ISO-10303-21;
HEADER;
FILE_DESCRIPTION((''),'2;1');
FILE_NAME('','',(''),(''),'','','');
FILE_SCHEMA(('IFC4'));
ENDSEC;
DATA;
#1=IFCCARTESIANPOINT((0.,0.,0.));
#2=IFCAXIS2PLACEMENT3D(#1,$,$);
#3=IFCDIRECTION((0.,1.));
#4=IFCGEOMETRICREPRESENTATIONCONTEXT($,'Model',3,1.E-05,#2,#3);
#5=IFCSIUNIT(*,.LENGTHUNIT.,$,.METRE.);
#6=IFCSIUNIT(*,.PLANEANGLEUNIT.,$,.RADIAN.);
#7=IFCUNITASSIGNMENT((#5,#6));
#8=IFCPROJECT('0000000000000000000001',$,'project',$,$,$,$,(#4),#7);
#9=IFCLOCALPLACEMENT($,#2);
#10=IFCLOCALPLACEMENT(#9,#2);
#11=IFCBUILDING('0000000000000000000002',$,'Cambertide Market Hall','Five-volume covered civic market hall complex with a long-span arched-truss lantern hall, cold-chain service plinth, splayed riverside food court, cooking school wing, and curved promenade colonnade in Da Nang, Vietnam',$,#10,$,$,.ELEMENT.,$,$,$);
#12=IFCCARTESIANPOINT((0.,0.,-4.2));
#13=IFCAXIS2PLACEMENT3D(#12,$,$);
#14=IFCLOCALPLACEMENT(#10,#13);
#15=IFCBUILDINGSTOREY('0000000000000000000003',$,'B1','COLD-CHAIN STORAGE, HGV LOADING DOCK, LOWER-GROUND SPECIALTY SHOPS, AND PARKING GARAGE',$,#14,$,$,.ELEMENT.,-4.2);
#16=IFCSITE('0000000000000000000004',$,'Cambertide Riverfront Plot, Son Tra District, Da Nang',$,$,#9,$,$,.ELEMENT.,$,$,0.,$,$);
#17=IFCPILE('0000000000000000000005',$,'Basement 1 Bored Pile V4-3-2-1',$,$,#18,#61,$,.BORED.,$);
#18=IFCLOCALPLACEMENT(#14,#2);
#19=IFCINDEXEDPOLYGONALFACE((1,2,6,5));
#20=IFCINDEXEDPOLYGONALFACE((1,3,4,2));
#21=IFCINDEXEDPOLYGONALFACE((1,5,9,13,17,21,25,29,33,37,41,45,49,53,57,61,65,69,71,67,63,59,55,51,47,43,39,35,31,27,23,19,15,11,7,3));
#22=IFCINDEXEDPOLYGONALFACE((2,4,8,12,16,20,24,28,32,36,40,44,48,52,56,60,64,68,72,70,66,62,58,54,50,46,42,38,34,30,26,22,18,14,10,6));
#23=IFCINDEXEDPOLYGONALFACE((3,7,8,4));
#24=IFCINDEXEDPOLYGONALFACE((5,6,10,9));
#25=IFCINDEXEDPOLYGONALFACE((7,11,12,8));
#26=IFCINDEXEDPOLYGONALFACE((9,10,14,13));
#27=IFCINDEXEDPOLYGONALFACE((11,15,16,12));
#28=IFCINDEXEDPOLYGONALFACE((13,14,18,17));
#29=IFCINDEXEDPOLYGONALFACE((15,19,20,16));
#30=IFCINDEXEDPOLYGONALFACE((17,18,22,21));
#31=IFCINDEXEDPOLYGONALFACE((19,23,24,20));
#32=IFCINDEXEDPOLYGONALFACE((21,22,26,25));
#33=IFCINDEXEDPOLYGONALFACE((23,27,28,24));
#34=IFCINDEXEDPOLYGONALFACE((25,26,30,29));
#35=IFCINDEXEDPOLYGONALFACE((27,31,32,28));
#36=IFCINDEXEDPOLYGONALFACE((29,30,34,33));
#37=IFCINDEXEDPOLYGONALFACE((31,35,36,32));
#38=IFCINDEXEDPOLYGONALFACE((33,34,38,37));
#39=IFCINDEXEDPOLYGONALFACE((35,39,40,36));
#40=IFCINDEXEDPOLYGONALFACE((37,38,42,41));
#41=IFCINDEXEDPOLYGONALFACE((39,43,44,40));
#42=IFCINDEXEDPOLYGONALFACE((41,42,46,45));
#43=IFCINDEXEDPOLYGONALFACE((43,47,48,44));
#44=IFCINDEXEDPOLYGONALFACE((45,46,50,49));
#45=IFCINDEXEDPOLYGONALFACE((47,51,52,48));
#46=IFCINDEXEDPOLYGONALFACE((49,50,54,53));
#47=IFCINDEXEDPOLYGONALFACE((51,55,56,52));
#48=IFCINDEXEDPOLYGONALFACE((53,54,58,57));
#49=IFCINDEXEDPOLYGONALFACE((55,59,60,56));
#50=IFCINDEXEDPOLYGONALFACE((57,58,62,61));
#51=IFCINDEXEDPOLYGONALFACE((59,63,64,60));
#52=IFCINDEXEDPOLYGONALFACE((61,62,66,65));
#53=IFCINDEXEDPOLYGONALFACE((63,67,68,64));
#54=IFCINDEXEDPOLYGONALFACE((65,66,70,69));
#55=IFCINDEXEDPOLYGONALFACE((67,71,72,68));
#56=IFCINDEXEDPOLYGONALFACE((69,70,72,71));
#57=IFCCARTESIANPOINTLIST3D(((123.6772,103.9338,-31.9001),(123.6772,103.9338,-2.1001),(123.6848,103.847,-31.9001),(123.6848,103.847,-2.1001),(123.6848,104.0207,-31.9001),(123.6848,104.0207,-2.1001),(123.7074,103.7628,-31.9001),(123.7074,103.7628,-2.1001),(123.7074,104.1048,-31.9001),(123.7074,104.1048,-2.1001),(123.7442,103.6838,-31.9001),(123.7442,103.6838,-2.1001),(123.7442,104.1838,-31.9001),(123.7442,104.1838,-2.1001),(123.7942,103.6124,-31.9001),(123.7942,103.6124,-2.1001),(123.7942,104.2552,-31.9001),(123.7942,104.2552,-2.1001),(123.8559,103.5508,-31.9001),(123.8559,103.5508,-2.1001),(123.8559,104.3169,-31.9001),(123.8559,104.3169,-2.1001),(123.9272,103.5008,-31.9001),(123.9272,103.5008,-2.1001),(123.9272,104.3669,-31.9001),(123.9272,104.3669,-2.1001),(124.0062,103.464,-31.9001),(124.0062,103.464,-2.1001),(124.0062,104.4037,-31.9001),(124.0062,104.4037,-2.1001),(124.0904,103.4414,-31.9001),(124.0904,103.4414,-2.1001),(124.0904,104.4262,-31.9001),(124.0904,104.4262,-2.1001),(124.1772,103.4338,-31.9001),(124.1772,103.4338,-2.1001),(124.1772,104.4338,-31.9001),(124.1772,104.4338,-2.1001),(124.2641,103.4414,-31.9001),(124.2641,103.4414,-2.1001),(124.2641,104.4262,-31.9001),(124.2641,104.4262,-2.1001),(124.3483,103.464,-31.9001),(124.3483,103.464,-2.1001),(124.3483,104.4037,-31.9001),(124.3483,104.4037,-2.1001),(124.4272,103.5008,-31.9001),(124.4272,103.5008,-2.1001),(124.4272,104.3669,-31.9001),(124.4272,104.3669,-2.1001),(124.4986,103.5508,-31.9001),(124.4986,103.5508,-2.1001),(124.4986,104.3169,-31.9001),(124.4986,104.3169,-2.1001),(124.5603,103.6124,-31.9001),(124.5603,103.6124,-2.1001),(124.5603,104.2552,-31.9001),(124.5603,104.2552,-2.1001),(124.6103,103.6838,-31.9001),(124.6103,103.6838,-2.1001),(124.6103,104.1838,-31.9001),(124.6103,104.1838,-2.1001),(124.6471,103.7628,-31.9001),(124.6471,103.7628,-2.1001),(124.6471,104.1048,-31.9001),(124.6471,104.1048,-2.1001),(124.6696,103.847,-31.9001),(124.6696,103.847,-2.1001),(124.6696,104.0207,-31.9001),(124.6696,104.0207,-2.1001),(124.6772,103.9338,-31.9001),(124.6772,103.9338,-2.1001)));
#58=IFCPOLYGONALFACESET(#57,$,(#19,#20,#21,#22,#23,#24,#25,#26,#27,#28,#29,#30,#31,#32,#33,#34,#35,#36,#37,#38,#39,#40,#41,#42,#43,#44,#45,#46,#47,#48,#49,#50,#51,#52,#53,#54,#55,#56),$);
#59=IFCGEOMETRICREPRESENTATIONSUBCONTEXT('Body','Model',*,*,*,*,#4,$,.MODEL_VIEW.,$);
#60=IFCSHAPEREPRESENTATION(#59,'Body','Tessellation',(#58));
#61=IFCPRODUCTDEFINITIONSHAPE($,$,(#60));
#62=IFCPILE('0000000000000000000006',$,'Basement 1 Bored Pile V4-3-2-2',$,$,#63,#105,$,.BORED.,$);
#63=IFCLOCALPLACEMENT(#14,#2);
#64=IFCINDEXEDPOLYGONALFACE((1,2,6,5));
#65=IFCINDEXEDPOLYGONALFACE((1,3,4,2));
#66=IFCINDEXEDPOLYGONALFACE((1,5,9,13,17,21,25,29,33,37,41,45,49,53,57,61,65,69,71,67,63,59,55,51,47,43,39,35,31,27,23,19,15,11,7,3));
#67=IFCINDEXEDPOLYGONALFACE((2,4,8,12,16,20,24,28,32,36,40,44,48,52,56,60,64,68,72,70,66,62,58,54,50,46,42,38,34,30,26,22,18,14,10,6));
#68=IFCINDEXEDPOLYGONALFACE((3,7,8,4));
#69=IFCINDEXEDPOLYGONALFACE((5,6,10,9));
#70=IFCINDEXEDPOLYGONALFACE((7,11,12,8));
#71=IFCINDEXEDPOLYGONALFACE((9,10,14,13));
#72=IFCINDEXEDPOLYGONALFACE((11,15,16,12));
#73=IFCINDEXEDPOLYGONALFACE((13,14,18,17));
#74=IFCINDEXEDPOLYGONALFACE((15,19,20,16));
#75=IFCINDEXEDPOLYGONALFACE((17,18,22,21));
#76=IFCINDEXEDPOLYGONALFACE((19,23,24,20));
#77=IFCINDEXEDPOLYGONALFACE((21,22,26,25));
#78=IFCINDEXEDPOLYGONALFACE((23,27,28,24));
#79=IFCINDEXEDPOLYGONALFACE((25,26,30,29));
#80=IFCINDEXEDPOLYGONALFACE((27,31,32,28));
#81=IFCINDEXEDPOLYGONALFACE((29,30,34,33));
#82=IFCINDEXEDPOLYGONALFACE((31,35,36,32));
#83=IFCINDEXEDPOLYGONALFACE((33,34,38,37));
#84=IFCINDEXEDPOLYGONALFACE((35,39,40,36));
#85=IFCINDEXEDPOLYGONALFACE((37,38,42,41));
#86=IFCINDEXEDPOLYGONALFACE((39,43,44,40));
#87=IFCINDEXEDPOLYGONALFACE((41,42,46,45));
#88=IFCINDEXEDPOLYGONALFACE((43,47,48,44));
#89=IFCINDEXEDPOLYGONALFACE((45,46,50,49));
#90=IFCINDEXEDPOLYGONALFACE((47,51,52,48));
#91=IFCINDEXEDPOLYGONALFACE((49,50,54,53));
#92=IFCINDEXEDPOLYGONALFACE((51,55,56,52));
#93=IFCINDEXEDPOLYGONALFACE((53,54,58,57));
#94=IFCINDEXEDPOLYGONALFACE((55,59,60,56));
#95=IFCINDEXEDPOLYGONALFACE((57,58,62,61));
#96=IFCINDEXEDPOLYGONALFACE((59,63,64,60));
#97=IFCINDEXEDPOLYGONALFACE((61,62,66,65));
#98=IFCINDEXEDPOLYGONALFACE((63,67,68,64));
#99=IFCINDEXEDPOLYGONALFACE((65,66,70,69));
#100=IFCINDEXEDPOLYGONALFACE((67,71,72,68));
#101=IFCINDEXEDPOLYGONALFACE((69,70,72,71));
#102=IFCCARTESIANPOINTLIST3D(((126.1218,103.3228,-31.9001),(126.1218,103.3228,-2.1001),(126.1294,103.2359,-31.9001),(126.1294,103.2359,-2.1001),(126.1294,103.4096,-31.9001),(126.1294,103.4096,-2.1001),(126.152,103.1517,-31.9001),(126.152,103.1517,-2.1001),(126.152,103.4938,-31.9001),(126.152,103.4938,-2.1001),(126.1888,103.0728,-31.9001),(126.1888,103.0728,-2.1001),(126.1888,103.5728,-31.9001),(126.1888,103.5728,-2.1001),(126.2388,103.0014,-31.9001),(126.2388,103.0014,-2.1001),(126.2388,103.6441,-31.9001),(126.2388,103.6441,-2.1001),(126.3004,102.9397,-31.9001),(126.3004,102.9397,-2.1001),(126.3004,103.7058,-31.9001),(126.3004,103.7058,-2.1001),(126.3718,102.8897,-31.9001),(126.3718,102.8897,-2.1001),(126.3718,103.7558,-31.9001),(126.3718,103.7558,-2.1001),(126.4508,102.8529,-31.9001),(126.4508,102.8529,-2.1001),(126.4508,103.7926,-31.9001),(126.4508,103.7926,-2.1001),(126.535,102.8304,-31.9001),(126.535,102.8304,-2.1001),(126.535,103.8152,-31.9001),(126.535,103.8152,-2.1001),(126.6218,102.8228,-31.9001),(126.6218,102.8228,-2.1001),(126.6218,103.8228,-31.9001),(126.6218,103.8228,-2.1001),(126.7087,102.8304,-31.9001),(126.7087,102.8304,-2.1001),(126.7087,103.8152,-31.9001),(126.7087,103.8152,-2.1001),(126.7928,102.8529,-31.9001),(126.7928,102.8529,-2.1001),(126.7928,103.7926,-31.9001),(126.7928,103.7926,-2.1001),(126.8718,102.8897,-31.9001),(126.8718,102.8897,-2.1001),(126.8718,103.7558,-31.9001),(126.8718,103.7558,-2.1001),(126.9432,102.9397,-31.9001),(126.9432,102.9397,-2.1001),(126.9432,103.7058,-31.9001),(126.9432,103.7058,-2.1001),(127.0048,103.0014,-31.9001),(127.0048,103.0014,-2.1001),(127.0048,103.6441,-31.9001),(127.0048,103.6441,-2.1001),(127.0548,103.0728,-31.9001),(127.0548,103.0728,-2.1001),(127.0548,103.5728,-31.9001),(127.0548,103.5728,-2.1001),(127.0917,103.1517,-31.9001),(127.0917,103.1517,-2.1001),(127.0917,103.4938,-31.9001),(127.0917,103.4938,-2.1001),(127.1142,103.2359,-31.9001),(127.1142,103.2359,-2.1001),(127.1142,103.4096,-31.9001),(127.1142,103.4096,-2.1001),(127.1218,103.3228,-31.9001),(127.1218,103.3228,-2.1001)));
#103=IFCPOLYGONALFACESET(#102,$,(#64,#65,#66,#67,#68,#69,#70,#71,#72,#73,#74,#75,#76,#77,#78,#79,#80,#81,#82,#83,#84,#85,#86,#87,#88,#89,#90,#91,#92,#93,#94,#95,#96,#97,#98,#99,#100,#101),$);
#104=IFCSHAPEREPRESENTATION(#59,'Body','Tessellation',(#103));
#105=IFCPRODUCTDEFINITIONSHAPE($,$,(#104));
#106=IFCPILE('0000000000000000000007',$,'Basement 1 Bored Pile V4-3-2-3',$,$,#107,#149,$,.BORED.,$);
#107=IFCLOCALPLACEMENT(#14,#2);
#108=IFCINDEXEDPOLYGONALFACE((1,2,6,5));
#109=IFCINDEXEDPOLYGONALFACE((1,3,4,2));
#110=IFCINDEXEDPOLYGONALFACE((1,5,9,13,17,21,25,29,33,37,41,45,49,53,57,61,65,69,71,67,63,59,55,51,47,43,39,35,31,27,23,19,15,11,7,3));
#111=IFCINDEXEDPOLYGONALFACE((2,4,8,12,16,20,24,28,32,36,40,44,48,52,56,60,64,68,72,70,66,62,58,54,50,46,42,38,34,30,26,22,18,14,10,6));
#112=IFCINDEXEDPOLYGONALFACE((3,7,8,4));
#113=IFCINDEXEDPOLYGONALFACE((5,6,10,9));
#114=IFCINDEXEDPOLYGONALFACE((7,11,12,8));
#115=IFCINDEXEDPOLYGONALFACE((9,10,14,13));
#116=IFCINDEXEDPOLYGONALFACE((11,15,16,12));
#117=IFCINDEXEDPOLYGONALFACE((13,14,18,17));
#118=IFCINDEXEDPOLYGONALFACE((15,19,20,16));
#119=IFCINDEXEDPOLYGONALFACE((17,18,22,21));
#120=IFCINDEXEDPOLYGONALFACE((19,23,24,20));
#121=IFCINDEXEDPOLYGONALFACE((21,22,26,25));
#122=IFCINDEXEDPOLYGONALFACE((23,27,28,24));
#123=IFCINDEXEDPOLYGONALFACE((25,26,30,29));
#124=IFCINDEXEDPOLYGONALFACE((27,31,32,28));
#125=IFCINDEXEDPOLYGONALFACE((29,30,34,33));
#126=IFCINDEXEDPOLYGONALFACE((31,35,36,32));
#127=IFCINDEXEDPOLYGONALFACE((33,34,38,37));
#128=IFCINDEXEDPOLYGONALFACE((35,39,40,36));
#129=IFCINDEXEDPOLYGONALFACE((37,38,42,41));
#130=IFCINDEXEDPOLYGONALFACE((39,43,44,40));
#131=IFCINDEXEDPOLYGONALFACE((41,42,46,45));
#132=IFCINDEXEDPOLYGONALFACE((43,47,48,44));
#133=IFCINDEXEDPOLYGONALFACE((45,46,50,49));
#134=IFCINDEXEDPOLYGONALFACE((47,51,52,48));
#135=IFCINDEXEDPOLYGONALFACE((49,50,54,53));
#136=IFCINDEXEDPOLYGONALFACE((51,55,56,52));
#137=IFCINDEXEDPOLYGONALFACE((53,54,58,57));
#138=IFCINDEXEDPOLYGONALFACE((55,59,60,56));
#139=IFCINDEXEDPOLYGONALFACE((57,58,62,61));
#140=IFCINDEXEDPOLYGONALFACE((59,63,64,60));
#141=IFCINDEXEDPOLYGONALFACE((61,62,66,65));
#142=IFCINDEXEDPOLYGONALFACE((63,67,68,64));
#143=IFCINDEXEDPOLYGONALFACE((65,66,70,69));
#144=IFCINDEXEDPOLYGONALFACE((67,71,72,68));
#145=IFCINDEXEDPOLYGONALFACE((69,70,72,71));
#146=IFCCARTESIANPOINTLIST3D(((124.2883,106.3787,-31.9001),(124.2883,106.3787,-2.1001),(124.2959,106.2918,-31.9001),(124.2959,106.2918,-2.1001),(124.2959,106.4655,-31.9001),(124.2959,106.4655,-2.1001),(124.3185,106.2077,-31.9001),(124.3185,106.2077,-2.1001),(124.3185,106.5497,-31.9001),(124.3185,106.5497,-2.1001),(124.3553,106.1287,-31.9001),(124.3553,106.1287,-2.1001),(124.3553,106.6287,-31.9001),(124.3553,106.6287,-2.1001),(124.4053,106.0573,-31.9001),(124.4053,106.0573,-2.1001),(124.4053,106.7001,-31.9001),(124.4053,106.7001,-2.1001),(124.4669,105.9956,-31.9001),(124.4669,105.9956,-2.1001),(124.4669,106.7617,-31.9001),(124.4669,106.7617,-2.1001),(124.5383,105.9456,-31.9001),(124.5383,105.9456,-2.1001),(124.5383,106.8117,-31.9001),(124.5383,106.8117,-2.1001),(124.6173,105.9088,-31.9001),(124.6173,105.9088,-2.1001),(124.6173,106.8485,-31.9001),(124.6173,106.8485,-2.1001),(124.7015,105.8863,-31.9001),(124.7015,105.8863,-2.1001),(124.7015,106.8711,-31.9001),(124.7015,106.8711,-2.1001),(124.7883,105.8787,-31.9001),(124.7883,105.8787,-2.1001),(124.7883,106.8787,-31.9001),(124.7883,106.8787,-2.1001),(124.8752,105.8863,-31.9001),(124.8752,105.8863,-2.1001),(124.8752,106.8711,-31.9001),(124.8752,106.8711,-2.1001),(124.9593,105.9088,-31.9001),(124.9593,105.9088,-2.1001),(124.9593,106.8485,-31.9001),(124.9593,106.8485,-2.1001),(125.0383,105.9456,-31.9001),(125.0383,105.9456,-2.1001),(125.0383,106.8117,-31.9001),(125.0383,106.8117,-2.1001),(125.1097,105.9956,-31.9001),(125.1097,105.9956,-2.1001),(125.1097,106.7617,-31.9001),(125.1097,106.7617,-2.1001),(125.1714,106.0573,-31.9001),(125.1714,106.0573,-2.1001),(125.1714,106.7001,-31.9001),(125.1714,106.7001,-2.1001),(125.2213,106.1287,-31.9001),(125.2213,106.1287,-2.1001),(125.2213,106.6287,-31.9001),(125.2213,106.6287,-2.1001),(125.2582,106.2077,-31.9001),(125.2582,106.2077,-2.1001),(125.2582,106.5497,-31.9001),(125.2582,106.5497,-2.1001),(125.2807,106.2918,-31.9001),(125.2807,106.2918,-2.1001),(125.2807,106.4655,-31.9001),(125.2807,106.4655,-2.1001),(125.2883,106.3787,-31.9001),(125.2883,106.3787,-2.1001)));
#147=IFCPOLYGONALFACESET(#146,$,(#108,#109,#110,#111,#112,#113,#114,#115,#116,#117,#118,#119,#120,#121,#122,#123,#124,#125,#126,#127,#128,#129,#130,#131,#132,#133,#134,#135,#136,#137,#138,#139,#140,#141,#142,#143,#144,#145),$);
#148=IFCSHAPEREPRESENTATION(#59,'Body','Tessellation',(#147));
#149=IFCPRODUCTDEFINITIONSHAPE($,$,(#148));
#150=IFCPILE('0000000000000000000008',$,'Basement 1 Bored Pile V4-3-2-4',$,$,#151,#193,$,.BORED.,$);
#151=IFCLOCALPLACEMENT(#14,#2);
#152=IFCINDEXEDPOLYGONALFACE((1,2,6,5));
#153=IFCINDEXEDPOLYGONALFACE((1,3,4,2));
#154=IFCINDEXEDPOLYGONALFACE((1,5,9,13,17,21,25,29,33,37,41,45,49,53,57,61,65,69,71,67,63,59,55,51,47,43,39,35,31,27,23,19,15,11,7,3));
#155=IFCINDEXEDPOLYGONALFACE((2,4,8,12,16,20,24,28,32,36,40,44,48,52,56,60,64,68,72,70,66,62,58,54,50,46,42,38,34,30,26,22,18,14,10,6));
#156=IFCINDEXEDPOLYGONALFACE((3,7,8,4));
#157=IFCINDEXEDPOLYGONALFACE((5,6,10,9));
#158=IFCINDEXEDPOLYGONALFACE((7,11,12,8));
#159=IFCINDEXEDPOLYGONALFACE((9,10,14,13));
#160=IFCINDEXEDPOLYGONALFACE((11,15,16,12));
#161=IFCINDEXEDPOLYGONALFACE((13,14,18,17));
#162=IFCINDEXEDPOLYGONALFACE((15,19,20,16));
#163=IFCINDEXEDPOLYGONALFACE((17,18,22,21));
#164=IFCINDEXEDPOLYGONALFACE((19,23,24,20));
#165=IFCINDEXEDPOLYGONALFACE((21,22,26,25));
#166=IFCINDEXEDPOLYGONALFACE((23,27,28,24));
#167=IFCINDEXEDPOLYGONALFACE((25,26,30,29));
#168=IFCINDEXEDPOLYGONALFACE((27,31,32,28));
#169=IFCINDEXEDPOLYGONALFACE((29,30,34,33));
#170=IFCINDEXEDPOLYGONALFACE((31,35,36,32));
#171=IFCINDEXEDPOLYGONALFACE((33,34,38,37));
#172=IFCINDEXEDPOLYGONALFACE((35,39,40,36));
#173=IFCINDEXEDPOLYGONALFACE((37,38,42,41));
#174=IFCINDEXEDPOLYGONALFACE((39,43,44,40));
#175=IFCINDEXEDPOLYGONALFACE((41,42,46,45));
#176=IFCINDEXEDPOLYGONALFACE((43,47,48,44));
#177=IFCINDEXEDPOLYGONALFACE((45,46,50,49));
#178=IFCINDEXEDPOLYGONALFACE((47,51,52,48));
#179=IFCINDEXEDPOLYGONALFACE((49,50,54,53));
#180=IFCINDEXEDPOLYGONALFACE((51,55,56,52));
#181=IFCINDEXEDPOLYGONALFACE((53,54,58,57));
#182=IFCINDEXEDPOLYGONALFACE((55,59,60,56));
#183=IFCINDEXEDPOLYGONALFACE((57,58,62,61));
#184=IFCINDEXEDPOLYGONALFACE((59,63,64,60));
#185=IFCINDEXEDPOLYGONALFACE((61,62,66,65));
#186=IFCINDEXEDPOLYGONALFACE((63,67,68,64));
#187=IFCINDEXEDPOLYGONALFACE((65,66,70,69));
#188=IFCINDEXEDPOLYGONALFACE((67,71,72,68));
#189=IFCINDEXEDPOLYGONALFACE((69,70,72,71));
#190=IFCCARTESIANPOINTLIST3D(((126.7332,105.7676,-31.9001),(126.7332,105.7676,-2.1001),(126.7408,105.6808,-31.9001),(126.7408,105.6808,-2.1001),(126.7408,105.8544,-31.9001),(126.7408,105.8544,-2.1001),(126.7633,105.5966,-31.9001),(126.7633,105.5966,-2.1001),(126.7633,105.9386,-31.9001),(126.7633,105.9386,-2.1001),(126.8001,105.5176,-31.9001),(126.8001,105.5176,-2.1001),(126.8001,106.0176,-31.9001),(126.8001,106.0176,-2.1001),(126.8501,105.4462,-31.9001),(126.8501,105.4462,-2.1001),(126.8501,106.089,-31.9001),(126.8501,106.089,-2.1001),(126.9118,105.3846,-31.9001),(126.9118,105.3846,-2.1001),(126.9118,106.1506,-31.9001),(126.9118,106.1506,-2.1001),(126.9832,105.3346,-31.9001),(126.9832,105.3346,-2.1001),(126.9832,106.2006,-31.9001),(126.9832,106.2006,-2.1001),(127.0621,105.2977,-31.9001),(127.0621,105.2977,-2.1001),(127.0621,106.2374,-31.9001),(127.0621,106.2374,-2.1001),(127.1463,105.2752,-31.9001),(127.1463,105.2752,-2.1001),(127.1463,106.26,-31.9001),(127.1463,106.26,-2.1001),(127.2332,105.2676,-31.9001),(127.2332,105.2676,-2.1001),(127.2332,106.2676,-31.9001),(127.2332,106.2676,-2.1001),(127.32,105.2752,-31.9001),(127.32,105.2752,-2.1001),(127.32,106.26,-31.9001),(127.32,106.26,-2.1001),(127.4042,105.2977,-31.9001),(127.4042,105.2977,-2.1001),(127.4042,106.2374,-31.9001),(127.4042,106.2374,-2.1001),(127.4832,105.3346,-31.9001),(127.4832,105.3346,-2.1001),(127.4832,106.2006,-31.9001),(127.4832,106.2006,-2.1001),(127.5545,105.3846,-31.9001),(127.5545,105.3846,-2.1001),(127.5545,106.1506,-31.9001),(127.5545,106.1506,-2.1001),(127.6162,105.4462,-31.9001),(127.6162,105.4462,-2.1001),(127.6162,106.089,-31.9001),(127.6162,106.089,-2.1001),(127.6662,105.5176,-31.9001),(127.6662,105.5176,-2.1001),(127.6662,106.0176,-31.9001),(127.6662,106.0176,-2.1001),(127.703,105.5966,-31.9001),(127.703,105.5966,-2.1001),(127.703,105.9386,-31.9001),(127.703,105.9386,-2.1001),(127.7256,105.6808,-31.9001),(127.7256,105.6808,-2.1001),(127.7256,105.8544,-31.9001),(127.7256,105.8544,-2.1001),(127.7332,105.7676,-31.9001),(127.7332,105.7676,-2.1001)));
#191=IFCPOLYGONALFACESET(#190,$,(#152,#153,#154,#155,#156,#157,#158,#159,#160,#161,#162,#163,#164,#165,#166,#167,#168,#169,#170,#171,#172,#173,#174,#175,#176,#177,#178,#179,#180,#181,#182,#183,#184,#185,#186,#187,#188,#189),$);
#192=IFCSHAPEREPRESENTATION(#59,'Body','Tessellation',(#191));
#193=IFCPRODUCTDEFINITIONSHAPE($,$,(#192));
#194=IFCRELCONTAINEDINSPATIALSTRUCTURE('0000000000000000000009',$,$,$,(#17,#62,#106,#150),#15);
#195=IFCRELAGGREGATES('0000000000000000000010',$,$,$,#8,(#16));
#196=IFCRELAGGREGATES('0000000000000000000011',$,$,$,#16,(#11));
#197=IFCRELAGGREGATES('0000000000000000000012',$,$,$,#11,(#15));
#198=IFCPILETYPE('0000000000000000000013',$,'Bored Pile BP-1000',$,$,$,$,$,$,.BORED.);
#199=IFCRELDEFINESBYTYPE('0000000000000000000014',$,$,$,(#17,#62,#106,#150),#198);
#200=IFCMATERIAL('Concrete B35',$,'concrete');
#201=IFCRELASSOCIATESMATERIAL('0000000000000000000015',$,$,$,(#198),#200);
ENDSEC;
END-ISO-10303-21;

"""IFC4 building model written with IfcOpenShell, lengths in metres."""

from ifc_helpers import new_model, si_unit, direction, frame, origin, origin_2d, place, context, subcontext, project, spatial, circle, extrude, material, material_profile, profile_set, type_object, element, save


model = new_model("IFC4")

# Units and contexts
model_context = context("Model", 3, precision=1e-05, world=origin(), true_north=direction((0.0, 1.0)))
body_context = subcontext(model_context, "Body", "Model", "MODEL_VIEW")
ifc_project = project(units=[si_unit("LENGTHUNIT", "METRE"), si_unit("PLANEANGLEUNIT", "RADIAN")], contexts=[model_context])

# Site, building, storey
site_placement = place(None, origin())
site = spatial("IfcSite", under=ifc_project, at=site_placement, Name="Cambertide Riverfront Plot, Son Tra District, Da Nang", CompositionType="ELEMENT", RefElevation=0.0)
building_placement = place(site_placement, origin())
building = spatial("IfcBuilding", under=site, at=building_placement, Name="Cambertide Market Hall", Description="Five-volume covered civic market hall complex with a long-span arched-truss lantern hall, cold-chain service plinth, splayed riverside food court, cooking school wing, and curved promenade colonnade in Da Nang, Vietnam", CompositionType="ELEMENT")
storey_placement = place(building_placement, frame((0.0, 0.0, -4.2)))
storey = spatial("IfcBuildingStorey", under=building, at=storey_placement, Name="B1", Description="COLD-CHAIN STORAGE, HGV LOADING DOCK, LOWER-GROUND SPECIALTY SHOPS, AND PARKING GARAGE", CompositionType="ELEMENT", Elevation=-4.2)

# Piles
ifc_material_1 = material(Name="Concrete B35", Category="concrete")
ifc_material_profile_1 = material_profile(ifc_material_1, circle(Radius=0.5, at=origin_2d()), Name="BP D1000")
ifc_profile_set_1 = profile_set([ifc_material_profile_1], Name="Concrete B35")
pile_type = type_object("IfcPileType", Name="Bored Pile BP-1000", PredefinedType="BORED", material=ifc_profile_set_1)
for number, where, z_axis, x_axis, name in (
    (1, (124.1772, 103.9338, -2.1001), (0.0, 0.0, -1.0), (1.0, 0.0, 0.0), "Basement 1 Bored Pile V4-3-2-1"),
    (2, (126.6218, 103.3228, -2.1001), (0.0, 0.0, -1.0), (1.0, 0.0, 0.0), "Basement 1 Bored Pile V4-3-2-2"),
    (3, (124.7883, 106.3787, -2.1001), (0.0, 0.0, -1.0), (1.0, 0.0, 0.0), "Basement 1 Bored Pile V4-3-2-3"),
    (4, (127.2332, 105.7676, -2.1001), (0.0, 0.0, -1.0), (1.0, 0.0, 0.0), "Basement 1 Bored Pile V4-3-2-4"),
):
    element("IfcPile", number, at=place(storey_placement, frame(where, z_axis=z_axis, x_axis=x_axis)), inside=storey, type_object=pile_type, Name=name, PredefinedType="BORED", context=body_context, shape_type="SweptSolid", body=[
        extrude(circle(Radius=0.5, at=origin_2d()), origin(), (0.0, 0.0, 1.0), 29.8),
    ])

save(model, "model.ifc")
